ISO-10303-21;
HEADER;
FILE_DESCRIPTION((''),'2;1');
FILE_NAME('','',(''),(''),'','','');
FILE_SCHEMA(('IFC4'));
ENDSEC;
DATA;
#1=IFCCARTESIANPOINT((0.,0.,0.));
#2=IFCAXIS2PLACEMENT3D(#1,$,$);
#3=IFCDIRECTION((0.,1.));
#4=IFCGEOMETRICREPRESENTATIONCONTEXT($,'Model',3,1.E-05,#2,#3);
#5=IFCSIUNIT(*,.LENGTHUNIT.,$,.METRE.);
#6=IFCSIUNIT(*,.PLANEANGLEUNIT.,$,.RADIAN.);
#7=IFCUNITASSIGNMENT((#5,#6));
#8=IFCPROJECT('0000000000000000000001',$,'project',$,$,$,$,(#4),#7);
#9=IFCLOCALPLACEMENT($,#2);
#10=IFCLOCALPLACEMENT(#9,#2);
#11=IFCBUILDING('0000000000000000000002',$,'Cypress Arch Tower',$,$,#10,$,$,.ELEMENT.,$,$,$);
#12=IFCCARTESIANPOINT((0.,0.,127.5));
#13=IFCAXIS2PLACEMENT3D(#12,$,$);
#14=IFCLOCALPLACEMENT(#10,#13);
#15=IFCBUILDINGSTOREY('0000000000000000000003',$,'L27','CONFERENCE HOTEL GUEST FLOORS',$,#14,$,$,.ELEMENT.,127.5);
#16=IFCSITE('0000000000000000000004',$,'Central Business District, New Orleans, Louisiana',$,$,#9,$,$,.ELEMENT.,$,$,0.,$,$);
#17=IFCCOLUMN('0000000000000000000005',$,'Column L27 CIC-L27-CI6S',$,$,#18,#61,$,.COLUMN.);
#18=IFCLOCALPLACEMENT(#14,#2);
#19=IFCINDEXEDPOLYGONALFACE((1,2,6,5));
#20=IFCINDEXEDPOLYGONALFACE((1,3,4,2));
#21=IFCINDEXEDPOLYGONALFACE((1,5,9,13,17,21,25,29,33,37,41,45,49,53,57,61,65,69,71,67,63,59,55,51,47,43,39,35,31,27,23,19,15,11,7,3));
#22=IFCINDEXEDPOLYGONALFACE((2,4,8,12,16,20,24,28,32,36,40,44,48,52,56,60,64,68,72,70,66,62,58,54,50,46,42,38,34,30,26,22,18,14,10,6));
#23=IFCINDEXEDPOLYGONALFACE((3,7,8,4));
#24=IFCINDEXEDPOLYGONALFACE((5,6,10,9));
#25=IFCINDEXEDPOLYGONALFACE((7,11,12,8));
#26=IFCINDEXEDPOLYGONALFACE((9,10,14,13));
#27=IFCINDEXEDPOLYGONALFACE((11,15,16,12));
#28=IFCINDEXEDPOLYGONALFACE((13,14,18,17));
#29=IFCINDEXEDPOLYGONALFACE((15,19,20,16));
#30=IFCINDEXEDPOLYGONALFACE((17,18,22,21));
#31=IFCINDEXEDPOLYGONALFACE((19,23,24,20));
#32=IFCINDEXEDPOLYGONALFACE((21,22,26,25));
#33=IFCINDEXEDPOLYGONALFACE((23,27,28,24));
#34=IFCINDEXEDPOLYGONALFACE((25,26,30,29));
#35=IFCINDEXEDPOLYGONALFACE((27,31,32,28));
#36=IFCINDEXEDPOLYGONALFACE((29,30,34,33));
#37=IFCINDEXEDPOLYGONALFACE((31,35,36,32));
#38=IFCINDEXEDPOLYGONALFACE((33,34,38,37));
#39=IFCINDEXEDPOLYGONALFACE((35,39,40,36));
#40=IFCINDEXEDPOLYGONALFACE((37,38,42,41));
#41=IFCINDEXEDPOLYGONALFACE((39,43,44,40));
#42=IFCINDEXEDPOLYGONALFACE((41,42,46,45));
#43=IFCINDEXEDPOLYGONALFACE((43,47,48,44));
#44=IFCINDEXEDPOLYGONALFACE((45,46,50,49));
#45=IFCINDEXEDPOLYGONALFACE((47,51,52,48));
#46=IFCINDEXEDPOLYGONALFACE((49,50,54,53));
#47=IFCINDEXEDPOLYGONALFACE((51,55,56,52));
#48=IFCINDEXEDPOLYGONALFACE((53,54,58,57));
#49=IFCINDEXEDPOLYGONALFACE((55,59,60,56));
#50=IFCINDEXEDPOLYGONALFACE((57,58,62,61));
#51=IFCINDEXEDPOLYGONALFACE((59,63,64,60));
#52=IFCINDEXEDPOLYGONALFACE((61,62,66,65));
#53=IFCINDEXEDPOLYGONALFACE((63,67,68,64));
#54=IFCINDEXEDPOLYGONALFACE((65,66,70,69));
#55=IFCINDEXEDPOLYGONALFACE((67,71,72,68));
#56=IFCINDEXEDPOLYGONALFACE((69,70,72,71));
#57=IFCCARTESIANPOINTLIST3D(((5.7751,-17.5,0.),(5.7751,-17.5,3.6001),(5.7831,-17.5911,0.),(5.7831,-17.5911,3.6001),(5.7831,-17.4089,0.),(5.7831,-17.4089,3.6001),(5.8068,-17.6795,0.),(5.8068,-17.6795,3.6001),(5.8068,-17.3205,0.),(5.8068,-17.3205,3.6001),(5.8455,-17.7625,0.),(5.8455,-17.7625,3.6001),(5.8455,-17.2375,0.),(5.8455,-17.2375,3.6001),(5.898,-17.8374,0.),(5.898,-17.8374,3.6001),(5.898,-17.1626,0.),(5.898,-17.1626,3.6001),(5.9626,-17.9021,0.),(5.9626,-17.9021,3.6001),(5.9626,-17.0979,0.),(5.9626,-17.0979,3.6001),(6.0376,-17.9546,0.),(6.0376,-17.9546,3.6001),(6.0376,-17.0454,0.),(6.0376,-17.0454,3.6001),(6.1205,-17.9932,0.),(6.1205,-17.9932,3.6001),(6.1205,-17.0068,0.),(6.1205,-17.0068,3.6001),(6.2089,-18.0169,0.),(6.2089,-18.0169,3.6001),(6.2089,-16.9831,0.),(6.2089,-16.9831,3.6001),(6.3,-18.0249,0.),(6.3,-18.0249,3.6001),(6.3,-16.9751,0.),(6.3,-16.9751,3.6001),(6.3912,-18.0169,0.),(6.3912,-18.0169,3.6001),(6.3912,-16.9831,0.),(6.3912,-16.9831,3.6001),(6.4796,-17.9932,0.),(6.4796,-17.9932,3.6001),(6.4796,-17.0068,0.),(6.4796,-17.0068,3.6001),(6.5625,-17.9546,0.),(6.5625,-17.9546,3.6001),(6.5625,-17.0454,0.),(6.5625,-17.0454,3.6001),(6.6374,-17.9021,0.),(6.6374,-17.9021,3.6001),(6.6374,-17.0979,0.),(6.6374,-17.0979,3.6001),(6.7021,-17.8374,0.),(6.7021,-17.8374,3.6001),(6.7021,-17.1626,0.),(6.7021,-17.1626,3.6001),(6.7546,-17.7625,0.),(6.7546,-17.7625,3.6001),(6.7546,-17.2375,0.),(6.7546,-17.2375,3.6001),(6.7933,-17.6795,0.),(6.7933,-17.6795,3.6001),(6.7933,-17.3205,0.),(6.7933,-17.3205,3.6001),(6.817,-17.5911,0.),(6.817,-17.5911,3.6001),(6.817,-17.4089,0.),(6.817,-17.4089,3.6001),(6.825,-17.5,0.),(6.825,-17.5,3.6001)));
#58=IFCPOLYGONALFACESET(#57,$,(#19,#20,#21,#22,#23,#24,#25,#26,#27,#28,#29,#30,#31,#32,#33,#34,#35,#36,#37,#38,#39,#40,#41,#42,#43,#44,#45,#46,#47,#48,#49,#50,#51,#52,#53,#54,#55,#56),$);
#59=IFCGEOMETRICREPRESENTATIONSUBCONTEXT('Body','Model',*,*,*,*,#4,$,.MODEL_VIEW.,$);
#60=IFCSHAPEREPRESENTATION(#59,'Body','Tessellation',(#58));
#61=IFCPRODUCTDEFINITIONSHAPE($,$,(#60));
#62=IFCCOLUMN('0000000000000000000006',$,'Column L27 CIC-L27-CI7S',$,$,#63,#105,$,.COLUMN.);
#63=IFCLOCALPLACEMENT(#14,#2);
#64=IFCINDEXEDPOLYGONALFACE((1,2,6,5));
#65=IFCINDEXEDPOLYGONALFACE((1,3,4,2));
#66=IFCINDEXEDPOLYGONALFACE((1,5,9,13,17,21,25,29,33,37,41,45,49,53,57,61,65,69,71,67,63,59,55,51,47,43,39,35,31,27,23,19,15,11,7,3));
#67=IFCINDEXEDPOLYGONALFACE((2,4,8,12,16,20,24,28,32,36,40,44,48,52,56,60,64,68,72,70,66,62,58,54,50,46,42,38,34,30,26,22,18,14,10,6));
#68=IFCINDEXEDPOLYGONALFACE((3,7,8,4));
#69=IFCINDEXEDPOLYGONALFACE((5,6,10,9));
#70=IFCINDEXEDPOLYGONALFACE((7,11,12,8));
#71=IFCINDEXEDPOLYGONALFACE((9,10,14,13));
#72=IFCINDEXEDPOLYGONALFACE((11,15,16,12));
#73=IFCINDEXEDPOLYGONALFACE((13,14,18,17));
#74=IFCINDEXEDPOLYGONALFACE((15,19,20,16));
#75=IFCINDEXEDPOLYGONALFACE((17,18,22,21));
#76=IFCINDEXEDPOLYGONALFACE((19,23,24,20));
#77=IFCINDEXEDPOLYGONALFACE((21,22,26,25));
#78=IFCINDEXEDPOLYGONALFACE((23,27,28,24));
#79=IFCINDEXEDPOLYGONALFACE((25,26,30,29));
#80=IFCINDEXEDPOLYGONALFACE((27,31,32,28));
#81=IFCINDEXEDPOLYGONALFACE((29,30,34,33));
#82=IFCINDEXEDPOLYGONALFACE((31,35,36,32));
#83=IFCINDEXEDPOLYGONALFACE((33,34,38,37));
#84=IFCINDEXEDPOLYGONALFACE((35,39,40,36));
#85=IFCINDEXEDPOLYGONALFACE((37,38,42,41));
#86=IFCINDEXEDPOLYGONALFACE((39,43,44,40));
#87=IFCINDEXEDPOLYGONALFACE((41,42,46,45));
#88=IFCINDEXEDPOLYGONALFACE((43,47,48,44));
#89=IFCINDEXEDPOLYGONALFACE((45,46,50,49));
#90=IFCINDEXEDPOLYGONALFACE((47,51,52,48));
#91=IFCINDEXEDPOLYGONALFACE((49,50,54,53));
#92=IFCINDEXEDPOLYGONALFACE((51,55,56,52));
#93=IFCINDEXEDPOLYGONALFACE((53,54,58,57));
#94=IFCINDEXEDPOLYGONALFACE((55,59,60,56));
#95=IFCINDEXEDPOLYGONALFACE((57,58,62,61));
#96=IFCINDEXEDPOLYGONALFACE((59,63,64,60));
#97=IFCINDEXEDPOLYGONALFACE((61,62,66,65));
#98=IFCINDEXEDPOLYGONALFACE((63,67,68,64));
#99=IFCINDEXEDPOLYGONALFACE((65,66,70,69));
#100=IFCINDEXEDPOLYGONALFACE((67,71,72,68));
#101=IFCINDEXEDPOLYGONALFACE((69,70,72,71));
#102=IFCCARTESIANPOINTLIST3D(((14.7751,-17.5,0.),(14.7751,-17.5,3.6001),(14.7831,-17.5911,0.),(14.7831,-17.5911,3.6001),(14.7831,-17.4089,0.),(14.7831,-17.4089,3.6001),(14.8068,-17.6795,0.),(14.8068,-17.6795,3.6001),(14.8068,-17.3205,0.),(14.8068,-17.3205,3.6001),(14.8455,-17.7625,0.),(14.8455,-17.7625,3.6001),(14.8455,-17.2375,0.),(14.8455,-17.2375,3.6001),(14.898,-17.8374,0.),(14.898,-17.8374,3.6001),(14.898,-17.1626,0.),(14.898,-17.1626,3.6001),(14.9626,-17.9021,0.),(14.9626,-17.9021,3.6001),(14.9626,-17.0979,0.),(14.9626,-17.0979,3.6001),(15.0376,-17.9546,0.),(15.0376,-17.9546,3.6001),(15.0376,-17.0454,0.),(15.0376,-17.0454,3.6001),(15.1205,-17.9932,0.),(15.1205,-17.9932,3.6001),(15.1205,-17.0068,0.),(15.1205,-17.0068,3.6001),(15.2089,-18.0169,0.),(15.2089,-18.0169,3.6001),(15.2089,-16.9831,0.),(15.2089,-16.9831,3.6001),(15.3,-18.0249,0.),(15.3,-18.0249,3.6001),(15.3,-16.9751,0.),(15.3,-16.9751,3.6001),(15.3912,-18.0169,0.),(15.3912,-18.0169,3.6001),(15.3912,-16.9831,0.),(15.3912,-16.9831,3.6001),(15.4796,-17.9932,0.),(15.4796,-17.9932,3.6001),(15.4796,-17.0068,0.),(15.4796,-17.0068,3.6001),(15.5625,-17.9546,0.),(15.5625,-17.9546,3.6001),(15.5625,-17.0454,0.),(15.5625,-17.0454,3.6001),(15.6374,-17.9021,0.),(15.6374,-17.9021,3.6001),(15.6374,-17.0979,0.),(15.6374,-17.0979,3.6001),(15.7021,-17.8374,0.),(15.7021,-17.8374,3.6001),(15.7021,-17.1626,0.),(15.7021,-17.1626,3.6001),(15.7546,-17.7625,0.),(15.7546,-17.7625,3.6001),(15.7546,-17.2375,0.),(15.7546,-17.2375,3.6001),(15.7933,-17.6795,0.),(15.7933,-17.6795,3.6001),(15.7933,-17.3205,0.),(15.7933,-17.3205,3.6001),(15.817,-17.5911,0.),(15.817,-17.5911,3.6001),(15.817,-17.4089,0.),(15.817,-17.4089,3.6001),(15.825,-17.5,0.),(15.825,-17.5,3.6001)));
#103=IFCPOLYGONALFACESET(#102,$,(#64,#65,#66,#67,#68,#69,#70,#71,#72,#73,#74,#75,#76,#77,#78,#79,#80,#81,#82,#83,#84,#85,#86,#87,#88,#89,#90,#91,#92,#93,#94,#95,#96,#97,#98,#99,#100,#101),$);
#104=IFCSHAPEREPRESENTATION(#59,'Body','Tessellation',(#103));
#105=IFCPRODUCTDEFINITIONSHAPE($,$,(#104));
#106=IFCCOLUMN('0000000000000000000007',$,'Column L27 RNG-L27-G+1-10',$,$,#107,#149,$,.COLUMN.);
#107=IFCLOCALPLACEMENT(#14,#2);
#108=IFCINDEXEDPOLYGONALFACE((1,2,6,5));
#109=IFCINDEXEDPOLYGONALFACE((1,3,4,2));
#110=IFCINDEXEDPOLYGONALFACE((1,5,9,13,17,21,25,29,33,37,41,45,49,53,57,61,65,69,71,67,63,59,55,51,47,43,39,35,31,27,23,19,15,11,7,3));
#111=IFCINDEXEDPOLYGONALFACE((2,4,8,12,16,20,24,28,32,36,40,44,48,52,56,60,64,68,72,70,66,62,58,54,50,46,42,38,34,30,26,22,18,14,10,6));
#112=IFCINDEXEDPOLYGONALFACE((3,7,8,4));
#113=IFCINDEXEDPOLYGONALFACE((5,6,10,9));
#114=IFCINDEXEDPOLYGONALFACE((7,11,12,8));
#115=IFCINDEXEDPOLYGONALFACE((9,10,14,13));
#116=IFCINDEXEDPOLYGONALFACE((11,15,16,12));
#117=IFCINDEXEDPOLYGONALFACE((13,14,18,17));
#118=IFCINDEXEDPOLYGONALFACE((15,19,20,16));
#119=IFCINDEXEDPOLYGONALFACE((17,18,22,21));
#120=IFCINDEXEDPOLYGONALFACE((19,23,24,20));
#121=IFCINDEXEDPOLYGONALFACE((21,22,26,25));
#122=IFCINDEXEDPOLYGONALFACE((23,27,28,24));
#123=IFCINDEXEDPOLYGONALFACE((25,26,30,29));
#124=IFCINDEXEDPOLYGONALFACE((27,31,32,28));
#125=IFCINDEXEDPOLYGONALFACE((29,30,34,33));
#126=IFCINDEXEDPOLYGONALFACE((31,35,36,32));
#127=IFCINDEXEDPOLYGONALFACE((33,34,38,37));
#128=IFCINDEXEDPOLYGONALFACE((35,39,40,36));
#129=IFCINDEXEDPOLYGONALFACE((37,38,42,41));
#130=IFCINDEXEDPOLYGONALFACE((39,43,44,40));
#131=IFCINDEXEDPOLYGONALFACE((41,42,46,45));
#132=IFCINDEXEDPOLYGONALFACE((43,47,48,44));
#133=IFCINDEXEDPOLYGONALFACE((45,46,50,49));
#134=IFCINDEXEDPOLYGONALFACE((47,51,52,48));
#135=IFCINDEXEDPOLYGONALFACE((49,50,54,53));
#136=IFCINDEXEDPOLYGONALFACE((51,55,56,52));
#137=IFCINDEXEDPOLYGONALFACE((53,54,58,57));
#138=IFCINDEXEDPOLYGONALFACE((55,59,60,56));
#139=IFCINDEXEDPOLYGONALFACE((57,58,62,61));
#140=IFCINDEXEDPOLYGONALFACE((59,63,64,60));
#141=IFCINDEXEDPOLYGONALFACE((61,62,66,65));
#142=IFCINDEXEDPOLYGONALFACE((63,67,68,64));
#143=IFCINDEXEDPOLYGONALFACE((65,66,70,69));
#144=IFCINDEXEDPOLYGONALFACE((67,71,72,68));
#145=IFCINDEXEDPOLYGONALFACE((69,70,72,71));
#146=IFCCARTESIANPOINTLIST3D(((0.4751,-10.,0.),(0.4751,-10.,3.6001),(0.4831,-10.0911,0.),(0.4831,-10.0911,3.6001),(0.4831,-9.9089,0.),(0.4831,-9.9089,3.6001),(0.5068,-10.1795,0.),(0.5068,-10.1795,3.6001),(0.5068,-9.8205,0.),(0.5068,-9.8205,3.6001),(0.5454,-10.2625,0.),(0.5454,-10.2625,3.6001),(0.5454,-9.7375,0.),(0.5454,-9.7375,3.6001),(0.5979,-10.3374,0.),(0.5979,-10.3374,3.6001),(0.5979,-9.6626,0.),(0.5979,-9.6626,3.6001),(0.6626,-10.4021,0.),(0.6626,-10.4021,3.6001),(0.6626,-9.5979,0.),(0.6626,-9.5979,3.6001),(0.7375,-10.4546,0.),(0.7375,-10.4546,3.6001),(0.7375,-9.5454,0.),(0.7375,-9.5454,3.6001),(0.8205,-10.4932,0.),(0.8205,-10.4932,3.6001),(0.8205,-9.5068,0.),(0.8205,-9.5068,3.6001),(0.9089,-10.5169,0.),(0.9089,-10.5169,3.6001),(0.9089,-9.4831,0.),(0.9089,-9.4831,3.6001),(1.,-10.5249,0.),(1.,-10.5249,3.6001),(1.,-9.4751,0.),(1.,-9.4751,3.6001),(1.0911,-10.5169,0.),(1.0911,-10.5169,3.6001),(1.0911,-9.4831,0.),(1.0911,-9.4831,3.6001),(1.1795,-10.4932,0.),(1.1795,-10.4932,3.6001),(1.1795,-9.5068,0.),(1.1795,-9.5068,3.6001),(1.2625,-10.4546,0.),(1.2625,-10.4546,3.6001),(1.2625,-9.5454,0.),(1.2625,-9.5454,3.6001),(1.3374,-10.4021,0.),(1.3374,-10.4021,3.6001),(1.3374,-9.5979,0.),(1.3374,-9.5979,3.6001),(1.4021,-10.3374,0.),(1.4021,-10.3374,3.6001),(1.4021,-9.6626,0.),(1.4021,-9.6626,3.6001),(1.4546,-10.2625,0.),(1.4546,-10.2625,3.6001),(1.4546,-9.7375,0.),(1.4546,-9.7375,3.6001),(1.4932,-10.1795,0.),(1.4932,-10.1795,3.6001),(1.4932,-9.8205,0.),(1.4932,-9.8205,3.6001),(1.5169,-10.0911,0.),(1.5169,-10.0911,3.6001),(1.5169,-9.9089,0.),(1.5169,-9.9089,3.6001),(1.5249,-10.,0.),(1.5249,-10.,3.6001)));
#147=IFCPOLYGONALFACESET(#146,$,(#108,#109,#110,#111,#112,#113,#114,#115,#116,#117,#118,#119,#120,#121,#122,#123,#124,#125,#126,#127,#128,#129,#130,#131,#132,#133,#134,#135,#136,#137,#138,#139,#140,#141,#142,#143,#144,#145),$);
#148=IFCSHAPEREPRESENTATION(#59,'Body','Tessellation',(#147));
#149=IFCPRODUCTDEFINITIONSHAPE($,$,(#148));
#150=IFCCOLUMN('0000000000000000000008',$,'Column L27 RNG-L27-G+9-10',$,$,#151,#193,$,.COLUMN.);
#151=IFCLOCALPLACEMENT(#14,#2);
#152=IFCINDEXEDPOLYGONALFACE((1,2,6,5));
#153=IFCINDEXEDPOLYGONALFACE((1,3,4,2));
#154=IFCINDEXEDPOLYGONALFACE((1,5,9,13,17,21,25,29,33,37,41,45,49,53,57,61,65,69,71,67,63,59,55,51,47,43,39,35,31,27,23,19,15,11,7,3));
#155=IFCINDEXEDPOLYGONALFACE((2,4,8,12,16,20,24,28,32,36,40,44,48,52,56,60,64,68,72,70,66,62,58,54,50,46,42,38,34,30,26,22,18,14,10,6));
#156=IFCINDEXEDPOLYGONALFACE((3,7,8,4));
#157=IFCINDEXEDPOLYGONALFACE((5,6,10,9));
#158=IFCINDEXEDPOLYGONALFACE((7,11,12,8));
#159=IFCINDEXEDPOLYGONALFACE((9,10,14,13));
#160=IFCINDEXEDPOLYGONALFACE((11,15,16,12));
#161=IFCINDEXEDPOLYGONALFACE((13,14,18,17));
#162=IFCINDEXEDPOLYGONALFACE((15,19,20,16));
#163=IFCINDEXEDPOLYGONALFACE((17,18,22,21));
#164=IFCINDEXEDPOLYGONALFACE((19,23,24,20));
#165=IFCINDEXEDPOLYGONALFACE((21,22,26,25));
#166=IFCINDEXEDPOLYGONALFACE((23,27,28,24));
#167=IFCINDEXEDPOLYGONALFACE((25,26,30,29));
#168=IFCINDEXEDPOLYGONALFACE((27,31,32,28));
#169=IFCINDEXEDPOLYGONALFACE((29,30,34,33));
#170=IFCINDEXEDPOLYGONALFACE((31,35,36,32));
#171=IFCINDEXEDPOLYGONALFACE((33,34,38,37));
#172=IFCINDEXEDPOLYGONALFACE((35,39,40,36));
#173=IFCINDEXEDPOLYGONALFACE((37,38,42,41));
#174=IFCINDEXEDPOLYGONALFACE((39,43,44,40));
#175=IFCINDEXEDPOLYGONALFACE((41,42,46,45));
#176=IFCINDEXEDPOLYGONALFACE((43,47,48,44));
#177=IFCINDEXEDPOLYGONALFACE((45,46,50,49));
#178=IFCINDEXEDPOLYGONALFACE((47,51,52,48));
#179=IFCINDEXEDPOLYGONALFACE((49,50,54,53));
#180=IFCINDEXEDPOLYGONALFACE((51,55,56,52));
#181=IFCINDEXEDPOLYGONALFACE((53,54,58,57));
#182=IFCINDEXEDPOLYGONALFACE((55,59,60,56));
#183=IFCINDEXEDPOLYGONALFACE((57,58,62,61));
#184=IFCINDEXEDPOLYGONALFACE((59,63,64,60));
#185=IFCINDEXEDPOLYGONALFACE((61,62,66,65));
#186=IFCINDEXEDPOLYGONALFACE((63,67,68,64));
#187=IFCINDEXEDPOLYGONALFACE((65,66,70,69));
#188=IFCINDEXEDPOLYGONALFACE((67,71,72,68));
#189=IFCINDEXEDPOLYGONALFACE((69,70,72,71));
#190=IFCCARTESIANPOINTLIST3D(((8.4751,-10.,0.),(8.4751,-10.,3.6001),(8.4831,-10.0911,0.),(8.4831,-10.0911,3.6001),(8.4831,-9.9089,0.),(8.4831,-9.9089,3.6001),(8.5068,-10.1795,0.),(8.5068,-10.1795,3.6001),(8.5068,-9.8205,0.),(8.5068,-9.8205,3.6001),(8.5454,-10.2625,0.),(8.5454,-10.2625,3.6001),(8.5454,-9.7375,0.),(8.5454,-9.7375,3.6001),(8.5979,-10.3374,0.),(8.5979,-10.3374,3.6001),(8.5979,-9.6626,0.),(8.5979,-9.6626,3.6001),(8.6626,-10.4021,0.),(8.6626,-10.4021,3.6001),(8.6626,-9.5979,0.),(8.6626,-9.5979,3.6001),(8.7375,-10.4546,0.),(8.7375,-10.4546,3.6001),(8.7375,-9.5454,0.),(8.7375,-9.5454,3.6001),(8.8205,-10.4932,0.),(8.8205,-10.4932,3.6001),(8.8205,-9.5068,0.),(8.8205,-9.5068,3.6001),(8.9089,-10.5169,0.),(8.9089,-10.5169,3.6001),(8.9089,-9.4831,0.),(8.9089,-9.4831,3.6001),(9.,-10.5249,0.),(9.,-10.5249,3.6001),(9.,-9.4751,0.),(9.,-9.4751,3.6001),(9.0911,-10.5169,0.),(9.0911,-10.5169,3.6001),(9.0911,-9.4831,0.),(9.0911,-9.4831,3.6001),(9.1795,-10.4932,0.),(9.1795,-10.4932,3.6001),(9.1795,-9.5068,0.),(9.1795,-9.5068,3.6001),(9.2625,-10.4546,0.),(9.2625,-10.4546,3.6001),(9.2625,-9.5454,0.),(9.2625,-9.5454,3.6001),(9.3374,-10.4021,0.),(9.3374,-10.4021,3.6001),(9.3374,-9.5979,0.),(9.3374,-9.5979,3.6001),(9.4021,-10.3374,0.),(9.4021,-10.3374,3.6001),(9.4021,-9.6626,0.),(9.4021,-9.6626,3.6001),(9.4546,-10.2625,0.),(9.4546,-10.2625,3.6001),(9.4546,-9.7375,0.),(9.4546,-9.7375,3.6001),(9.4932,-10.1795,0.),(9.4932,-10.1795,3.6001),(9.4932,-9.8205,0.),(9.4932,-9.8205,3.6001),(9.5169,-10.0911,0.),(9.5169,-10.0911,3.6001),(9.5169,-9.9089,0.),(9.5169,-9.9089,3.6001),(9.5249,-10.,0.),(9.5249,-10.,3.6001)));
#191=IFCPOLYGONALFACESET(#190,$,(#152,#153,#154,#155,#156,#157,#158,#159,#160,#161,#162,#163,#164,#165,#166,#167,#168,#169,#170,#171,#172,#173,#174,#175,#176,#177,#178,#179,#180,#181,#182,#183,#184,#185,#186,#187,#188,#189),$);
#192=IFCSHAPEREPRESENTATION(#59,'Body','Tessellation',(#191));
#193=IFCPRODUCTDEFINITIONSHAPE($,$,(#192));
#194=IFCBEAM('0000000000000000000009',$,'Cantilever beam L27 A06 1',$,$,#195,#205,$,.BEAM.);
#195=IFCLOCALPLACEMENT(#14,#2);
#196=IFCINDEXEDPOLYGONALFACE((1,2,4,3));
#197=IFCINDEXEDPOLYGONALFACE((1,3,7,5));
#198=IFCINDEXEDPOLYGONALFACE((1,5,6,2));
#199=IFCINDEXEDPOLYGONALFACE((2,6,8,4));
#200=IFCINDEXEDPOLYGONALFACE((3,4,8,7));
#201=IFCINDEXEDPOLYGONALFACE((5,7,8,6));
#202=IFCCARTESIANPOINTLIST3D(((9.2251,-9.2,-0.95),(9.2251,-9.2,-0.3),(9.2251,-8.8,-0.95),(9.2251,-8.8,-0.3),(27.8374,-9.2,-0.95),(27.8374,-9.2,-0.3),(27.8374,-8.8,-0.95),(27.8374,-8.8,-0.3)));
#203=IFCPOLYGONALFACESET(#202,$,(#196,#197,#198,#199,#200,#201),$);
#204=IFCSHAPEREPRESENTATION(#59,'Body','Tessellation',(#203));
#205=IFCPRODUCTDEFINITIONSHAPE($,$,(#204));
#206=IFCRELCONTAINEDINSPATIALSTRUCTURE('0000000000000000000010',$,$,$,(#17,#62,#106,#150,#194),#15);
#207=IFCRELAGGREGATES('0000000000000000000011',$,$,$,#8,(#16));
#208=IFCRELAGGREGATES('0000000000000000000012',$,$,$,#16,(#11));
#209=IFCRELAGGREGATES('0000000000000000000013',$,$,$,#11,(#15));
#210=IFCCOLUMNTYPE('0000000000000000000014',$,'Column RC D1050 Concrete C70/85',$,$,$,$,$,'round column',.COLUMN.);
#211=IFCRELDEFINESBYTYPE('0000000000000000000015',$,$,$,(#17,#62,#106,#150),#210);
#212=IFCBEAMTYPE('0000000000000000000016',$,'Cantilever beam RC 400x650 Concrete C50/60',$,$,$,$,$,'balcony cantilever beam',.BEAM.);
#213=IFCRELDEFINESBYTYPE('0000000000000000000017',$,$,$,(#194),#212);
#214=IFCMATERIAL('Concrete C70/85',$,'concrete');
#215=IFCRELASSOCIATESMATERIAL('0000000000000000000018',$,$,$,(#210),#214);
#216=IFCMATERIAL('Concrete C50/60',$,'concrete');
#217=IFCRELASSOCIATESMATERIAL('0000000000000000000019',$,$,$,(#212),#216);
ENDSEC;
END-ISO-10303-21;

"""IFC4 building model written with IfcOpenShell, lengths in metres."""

from ifc_helpers import new_model, si_unit, direction, frame, origin, origin_2d, place, context, subcontext, project, spatial, rectangle, circle, extrude, material, material_profile, profile_set, type_object, element, save


model = new_model("IFC4")

# Units and contexts
model_context = context("Model", 3, precision=1e-05, world=origin(), true_north=direction((0.0, 1.0)))
body_context = subcontext(model_context, "Body", "Model", "MODEL_VIEW")
ifc_project = project(units=[si_unit("LENGTHUNIT", "METRE"), si_unit("PLANEANGLEUNIT", "RADIAN")], contexts=[model_context])

# Site, building, storey
site_placement = place(None, origin())
site = spatial("IfcSite", under=ifc_project, at=site_placement, Name="Central Business District, New Orleans, Louisiana", CompositionType="ELEMENT", RefElevation=0.0)
building_placement = place(site_placement, origin())
building = spatial("IfcBuilding", under=site, at=building_placement, Name="Cypress Arch Tower", CompositionType="ELEMENT")
storey_placement = place(building_placement, frame((0.0, 0.0, 127.5)))
storey = spatial("IfcBuildingStorey", under=building, at=storey_placement, Name="L27", Description="CONFERENCE HOTEL GUEST FLOORS", CompositionType="ELEMENT", Elevation=127.5)

# Columns
ifc_material_1 = material(Name="Concrete C70/85", Category="concrete")
ifc_material_profile_1 = material_profile(ifc_material_1, circle(Radius=0.5249, at=origin_2d()), Name="RC D1050")
ifc_profile_set_1 = profile_set([ifc_material_profile_1], Name="Concrete C70/85")
column_type = type_object("IfcColumnType", Name="Column RC D1050 Concrete C70/85", ElementType="round column", PredefinedType="COLUMN", material=ifc_profile_set_1)
for number, where, z_axis, x_axis, name in (
    (1, (6.3, -17.5, 0.0), (0.0, 0.0, 1.0), (1.0, 0.0, 0.0), "Column L27 CIC-L27-CI6S"),
    (2, (15.3, -17.5, 0.0), (0.0, 0.0, 1.0), (1.0, 0.0, 0.0), "Column L27 CIC-L27-CI7S"),
    (3, (1.0, -10.0, 0.0), (0.0, 0.0, 1.0), (1.0, 0.0, 0.0), "Column L27 RNG-L27-G+1-10"),
    (4, (9.0, -10.0, 0.0), (0.0, 0.0, 1.0), (1.0, 0.0, 0.0), "Column L27 RNG-L27-G+9-10"),
):
    element("IfcColumn", number, at=place(storey_placement, frame(where, z_axis=z_axis, x_axis=x_axis)), inside=storey, type_object=column_type, Name=name, PredefinedType="COLUMN", context=body_context, shape_type="SweptSolid", body=[
        extrude(circle(Radius=0.5249, at=origin_2d()), origin(), (0.0, 0.0, 1.0), 3.6001),
    ])

# Beam
ifc_material_2 = material(Name="Concrete C50/60", Category="concrete")
ifc_material_profile_2 = material_profile(ifc_material_2, rectangle(XDim=0.3999, YDim=0.6499, at=origin_2d()), Name="RC 400x650")
ifc_profile_set_2 = profile_set([ifc_material_profile_2], Name="Concrete C50/60")
beam_type_1 = type_object("IfcBeamType", Name="Cantilever beam RC 400x650 Concrete C50/60", ElementType="balcony cantilever beam", PredefinedType="BEAM", material=ifc_profile_set_2)
beam_1_placement = place(storey_placement, frame((9.2251, -9.0, -0.625), z_axis=(1.0, 0.0, 0.0), x_axis=(0.0, 1.0, 0.0)))
element("IfcBeam", 5, at=beam_1_placement, inside=storey, type_object=beam_type_1, Name="Cantilever beam L27 A06 1", PredefinedType="BEAM", context=body_context, shape_type="SweptSolid", body=[
    extrude(rectangle(XDim=0.3999, YDim=0.6499, at=origin_2d()), origin(), (0.0, 0.0, 1.0), 18.6123),
])

save(model, "model.ifc")
